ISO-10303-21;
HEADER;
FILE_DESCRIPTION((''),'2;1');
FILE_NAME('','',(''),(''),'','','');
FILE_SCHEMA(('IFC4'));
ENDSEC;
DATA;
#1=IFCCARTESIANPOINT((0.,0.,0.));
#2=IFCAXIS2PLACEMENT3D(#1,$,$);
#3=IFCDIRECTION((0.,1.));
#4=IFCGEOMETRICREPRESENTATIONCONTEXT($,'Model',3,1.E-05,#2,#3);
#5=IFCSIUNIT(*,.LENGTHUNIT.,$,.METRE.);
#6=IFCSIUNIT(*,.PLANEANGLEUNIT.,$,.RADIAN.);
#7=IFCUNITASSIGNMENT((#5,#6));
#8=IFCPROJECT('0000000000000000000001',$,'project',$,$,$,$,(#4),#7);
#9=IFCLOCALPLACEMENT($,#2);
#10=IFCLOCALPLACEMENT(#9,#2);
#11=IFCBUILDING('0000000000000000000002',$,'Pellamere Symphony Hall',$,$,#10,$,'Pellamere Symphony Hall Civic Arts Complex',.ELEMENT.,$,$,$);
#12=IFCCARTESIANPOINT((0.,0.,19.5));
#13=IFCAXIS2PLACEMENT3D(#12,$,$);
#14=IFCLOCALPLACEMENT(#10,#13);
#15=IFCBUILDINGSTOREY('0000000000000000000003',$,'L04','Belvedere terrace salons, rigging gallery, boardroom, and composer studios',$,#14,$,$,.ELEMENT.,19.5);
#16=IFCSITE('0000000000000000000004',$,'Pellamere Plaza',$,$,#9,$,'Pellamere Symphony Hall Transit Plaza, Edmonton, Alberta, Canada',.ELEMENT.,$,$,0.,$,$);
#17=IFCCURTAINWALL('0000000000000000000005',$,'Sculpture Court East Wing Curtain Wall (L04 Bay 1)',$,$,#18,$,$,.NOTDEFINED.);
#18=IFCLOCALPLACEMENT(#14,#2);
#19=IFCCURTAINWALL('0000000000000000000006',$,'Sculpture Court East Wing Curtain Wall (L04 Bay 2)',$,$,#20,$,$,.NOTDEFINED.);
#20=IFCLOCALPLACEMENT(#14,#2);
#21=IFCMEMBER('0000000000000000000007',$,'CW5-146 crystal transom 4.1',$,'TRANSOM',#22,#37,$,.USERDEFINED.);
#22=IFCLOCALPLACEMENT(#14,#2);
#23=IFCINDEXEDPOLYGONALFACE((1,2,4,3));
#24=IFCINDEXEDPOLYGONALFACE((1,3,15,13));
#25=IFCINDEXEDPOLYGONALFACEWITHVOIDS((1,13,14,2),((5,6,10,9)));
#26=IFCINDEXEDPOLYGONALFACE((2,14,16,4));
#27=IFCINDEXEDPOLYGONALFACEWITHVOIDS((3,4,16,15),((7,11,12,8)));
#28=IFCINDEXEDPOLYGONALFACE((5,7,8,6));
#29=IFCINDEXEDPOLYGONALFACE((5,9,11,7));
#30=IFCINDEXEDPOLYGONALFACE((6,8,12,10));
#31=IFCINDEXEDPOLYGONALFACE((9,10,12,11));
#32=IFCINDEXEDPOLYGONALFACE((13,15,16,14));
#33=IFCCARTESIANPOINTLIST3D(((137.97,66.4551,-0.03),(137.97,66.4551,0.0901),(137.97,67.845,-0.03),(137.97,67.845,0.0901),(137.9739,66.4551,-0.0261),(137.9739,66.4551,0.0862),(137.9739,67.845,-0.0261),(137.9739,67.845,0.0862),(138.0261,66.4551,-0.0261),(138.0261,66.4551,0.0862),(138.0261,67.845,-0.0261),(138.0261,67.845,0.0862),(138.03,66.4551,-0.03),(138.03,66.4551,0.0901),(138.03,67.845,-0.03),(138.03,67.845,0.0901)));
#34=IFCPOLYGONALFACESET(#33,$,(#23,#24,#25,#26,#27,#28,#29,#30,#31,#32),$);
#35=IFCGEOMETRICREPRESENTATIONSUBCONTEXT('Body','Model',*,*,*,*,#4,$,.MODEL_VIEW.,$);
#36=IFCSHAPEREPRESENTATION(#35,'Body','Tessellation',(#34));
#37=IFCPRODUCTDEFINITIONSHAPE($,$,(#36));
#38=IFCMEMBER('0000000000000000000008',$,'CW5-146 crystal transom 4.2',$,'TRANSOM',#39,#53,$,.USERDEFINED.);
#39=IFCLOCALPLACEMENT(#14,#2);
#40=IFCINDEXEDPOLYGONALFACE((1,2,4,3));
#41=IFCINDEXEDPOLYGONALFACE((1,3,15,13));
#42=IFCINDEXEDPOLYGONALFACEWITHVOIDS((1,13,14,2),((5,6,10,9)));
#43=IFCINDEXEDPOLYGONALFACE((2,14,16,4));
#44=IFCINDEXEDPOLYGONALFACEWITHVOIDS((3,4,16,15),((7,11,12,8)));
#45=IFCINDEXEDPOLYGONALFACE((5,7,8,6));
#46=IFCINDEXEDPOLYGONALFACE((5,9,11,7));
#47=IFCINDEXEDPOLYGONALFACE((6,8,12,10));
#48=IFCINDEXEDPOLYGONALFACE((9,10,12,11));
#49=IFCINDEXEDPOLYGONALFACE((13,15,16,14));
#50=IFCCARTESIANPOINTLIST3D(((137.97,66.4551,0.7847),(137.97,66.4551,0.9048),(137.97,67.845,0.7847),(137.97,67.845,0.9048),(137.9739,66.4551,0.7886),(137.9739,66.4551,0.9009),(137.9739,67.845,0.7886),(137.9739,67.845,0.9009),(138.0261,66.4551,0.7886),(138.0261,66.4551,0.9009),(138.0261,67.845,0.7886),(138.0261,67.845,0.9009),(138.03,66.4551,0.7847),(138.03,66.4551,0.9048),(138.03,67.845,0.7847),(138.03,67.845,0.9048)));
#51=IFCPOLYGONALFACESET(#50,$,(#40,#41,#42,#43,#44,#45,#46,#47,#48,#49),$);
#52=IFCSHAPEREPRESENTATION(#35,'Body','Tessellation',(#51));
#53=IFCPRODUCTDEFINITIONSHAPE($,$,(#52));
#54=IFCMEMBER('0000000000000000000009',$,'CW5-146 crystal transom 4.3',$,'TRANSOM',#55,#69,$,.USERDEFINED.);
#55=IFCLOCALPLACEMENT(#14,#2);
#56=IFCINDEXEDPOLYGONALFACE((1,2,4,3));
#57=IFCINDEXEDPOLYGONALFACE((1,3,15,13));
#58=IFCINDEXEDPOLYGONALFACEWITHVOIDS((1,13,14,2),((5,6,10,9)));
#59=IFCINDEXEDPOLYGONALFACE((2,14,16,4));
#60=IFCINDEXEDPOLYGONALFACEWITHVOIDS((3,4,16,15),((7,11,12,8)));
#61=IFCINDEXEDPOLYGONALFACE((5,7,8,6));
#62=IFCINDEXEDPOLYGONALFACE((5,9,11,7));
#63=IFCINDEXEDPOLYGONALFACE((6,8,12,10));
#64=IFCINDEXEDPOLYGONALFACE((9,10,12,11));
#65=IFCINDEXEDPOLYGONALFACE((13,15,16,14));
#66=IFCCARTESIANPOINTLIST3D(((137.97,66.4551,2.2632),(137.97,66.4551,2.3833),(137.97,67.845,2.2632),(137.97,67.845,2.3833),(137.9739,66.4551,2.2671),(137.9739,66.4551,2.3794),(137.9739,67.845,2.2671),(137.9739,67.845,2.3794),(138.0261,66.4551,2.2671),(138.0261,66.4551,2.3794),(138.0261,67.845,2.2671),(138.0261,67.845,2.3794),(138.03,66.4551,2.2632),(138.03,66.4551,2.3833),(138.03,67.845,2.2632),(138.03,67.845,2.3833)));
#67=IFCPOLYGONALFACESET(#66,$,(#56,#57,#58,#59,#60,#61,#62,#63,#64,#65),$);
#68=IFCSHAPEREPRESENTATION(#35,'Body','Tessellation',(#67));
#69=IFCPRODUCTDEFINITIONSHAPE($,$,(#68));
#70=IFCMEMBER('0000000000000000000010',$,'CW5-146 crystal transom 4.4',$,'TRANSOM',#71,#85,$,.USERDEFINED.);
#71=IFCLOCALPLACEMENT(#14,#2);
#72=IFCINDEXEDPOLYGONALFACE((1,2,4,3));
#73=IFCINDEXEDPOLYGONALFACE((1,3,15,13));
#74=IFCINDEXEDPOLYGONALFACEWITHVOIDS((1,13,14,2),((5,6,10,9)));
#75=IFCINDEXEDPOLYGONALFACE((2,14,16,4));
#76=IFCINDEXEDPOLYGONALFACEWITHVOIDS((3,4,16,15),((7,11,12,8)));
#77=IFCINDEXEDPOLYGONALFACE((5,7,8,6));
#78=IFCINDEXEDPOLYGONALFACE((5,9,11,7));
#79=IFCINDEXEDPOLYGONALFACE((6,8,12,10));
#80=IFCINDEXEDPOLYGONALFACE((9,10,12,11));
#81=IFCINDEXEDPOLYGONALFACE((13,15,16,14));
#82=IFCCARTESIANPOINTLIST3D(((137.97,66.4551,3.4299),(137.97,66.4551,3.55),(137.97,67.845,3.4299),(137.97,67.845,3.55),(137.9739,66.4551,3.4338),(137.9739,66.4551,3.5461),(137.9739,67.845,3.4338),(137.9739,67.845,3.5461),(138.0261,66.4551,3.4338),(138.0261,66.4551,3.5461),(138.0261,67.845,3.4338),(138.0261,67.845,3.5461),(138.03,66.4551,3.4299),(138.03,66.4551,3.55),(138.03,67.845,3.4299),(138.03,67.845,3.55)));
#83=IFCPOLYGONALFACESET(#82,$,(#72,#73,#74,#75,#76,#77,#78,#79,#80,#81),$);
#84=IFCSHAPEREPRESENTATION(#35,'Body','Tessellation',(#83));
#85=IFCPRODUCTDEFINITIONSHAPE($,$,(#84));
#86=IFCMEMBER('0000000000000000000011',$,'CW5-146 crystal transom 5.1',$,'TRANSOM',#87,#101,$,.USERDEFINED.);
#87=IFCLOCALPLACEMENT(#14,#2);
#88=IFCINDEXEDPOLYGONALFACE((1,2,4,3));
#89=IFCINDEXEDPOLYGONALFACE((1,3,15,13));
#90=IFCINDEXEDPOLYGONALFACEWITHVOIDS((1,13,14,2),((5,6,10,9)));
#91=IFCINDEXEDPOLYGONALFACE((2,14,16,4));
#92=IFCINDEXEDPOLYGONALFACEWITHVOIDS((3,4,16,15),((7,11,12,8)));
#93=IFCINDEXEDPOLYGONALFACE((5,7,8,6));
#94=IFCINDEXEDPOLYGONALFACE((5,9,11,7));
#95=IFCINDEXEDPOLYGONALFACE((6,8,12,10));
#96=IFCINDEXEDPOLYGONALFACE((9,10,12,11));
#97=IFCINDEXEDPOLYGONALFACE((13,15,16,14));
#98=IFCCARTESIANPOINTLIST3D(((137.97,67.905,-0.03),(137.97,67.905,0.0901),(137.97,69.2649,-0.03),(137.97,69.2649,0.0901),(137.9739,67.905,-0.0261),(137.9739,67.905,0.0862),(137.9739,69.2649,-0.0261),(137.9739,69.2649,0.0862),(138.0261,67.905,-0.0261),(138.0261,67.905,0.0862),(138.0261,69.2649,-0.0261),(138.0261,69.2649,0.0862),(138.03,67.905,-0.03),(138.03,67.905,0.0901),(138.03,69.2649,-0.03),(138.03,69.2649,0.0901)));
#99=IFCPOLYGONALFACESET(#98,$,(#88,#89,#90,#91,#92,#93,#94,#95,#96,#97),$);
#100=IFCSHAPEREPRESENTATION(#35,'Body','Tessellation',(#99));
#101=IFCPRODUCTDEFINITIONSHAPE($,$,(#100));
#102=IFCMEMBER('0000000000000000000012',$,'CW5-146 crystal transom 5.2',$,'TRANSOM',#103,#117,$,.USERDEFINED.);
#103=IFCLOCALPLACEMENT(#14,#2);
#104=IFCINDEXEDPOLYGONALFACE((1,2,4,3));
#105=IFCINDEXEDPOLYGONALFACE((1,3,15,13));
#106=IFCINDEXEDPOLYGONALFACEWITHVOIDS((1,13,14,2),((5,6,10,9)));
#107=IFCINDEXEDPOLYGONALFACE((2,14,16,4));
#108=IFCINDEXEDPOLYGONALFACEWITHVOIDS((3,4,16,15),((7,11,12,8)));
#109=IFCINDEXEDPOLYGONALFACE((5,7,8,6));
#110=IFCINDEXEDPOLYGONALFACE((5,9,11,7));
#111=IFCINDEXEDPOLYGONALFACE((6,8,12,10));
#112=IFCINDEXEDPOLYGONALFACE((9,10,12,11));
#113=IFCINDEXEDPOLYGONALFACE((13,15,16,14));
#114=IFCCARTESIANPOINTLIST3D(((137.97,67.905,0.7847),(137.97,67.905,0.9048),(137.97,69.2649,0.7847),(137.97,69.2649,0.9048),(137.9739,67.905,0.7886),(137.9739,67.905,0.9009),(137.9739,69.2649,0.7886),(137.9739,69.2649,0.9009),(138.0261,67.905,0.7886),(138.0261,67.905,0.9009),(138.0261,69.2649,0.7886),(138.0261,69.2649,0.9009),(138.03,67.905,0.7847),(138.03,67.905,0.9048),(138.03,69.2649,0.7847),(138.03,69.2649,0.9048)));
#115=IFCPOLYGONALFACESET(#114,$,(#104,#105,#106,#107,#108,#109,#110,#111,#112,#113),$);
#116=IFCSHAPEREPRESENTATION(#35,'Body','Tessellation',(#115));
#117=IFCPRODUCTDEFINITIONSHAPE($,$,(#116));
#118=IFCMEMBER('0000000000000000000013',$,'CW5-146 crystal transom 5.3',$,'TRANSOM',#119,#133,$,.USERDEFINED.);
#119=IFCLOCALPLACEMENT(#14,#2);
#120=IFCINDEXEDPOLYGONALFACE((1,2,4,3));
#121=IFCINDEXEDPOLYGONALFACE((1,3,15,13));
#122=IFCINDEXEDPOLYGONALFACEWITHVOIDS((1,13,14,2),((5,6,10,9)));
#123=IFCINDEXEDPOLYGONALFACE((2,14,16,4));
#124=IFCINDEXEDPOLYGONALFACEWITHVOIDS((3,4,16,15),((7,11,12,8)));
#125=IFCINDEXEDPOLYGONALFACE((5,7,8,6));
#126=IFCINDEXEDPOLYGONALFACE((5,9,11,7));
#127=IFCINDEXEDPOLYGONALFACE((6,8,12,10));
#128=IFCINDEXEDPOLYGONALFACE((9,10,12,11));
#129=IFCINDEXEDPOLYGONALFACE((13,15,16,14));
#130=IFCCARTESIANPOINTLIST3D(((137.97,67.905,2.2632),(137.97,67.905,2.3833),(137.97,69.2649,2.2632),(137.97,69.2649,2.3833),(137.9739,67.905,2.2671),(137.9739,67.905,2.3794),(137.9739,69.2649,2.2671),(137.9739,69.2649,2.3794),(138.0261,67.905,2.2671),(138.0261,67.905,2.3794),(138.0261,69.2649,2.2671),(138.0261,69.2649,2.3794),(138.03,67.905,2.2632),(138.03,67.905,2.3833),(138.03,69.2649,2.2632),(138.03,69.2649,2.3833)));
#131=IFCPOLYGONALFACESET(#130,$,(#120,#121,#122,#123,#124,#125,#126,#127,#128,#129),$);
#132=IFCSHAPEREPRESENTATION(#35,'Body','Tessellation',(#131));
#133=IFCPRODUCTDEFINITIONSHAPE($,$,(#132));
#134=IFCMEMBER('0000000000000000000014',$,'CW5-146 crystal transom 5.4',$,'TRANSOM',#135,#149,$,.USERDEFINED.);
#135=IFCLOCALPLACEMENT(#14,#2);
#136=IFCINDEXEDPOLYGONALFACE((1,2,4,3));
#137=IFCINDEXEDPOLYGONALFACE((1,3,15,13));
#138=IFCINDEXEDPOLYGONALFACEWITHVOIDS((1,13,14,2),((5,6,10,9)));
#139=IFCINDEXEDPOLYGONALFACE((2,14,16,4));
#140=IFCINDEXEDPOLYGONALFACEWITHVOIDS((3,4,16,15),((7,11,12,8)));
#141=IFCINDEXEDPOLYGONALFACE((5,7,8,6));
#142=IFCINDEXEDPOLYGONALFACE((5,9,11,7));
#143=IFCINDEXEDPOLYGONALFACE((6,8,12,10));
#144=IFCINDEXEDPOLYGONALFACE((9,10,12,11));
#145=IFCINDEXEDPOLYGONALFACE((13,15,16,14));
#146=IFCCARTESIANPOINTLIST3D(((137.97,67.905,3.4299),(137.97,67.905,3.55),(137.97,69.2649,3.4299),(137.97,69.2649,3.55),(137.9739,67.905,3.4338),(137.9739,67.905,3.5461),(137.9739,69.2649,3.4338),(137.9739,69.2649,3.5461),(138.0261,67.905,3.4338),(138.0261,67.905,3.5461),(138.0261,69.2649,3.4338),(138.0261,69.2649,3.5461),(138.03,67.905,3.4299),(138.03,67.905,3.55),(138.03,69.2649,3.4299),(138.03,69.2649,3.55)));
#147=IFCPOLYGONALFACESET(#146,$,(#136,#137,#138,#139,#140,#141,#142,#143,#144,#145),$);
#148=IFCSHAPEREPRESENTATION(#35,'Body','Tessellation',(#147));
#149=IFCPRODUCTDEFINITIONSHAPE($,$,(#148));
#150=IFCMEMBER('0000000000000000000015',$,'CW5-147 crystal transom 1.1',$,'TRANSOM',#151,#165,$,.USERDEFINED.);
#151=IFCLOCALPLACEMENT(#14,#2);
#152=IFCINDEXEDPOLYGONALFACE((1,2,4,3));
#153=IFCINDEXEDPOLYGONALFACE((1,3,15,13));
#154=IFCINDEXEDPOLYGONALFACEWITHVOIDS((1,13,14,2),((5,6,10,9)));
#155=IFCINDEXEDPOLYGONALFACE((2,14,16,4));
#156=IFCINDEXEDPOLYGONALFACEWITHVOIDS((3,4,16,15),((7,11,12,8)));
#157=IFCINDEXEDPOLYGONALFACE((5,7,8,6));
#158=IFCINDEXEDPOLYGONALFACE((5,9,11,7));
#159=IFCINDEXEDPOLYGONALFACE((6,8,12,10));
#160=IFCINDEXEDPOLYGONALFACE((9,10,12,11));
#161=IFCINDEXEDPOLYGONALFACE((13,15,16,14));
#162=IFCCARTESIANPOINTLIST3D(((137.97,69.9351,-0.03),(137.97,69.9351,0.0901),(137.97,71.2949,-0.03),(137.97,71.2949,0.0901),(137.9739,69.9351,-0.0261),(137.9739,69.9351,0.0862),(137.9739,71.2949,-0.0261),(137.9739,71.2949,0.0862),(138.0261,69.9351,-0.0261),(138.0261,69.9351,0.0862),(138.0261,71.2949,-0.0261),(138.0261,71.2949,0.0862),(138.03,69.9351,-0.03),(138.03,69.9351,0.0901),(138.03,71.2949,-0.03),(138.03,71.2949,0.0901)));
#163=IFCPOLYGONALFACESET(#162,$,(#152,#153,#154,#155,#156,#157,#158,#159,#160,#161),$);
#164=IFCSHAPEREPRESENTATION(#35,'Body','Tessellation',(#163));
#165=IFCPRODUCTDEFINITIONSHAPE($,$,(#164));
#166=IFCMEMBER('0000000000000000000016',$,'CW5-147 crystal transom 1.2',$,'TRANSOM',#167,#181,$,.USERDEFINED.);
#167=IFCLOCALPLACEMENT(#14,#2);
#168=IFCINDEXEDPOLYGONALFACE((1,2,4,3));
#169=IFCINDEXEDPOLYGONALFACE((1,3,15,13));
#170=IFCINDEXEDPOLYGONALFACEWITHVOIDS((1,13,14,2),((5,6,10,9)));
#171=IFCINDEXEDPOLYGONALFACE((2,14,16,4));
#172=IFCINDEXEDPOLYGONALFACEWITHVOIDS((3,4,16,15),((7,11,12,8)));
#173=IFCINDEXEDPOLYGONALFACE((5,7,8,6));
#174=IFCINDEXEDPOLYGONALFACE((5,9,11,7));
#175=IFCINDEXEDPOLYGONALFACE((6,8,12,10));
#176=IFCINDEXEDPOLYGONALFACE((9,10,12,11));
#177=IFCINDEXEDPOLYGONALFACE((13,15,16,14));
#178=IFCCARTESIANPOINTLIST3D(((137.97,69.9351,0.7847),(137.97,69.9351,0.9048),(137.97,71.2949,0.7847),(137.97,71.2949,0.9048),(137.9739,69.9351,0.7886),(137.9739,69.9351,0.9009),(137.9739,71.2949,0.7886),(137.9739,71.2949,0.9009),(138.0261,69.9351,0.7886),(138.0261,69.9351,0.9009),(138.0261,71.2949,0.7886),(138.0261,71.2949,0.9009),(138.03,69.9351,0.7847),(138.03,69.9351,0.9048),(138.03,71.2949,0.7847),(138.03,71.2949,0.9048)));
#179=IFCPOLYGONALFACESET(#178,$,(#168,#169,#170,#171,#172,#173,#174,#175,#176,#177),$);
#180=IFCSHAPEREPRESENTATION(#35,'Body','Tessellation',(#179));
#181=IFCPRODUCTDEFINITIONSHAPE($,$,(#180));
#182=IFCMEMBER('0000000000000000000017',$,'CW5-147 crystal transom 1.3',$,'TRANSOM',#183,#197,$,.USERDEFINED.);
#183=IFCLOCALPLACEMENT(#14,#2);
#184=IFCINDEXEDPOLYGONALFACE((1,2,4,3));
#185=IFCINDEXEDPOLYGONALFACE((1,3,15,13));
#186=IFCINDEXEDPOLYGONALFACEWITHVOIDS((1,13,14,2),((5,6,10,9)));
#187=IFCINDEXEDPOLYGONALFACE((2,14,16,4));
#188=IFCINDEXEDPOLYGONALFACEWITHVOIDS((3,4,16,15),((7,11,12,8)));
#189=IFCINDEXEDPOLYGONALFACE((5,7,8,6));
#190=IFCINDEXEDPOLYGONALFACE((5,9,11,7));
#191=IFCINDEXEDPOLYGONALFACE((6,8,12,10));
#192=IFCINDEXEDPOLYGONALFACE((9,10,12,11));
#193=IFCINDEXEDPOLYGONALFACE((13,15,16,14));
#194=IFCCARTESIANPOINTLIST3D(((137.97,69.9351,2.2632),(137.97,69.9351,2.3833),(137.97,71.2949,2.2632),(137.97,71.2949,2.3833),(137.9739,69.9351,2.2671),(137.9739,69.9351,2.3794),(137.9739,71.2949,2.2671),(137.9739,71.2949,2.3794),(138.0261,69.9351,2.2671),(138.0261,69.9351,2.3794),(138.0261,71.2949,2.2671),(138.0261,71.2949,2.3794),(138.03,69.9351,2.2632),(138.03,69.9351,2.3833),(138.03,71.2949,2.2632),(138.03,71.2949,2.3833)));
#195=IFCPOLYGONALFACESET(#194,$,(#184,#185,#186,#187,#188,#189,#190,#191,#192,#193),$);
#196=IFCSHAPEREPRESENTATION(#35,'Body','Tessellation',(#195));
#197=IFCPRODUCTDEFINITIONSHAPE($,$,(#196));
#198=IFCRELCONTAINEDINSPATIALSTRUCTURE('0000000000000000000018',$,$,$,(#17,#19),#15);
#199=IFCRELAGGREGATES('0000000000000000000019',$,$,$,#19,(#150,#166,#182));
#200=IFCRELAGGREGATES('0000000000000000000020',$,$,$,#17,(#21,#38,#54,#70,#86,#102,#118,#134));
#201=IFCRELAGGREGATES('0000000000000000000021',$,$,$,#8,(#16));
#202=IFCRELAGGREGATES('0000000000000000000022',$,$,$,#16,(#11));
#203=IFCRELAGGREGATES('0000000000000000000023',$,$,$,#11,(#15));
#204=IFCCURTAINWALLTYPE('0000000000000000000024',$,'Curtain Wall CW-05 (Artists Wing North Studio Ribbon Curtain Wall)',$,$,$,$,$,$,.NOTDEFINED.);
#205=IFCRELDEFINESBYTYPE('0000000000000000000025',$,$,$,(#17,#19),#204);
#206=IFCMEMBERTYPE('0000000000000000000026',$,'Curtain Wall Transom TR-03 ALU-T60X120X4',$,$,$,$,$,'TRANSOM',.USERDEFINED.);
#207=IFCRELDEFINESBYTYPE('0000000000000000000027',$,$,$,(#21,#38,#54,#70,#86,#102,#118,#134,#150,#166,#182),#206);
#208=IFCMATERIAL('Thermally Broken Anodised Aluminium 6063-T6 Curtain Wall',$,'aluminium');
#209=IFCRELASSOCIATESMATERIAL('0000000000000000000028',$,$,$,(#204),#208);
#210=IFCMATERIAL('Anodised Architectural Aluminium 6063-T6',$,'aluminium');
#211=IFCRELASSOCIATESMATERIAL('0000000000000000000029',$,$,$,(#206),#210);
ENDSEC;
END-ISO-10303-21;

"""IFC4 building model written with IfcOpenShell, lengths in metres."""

from ifc_helpers import new_model, si_unit, direction, frame, origin, origin_2d, place, context, subcontext, project, spatial, hollow_rectangle, extrude, material, material_profile, profile_set, type_object, element, aggregate, save


model = new_model("IFC4")

# Units and contexts
model_context = context("Model", 3, precision=1e-05, world=origin(), true_north=direction((0.0, 1.0)))
body_context = subcontext(model_context, "Body", "Model", "MODEL_VIEW")
ifc_project = project(units=[si_unit("LENGTHUNIT", "METRE"), si_unit("PLANEANGLEUNIT", "RADIAN")], contexts=[model_context])

# Site, building, storey
site_placement = place(None, origin())
site = spatial("IfcSite", under=ifc_project, at=site_placement, Name="Pellamere Plaza", LongName="Pellamere Symphony Hall Transit Plaza, Edmonton, Alberta, Canada", CompositionType="ELEMENT", RefElevation=0.0)
building_placement = place(site_placement, origin())
building = spatial("IfcBuilding", under=site, at=building_placement, Name="Pellamere Symphony Hall", LongName="Pellamere Symphony Hall Civic Arts Complex", CompositionType="ELEMENT")
storey_placement = place(building_placement, frame((0.0, 0.0, 19.5)))
storey = spatial("IfcBuildingStorey", under=building, at=storey_placement, Name="L04", Description="Belvedere terrace salons, rigging gallery, boardroom, and composer studios", CompositionType="ELEMENT", Elevation=19.5)

# Curtain wall
ifc_material_1 = material(Name="Thermally Broken Anodised Aluminium 6063-T6 Curtain Wall", Category="aluminium")
curtain_wall_type_1 = type_object("IfcCurtainWallType", Name="Curtain Wall CW-05 (Artists Wing North Studio Ribbon Curtain Wall)", PredefinedType="NOTDEFINED", material=ifc_material_1)
curtain_wall_1_placement = place(storey_placement, origin())
curtain_wall_1 = element("IfcCurtainWall", 1, at=curtain_wall_1_placement, inside=storey, type_object=curtain_wall_type_1, Name="Sculpture Court East Wing Curtain Wall (L04 Bay 1)", PredefinedType="NOTDEFINED")
ifc_material_2 = material(Name="Anodised Architectural Aluminium 6063-T6", Category="aluminium")

# Curtain wall
curtain_wall_2_placement = place(storey_placement, origin())
curtain_wall_2 = element("IfcCurtainWall", 2, at=curtain_wall_2_placement, inside=storey, type_object=curtain_wall_type_1, Name="Sculpture Court East Wing Curtain Wall (L04 Bay 2)", PredefinedType="NOTDEFINED")

# Members
ifc_material_profile_1 = material_profile(ifc_material_2, hollow_rectangle(XDim=0.0601, YDim=0.1201, WallThickness=0.0039, at=origin_2d()), Name="ALU-T60X120X4")
ifc_profile_set_1 = profile_set([ifc_material_profile_1], Name="Anodised Architectural Aluminium 6063-T6")
member_type_1 = type_object("IfcMemberType", Name="Curtain Wall Transom TR-03 ALU-T60X120X4", ElementType="TRANSOM", PredefinedType="USERDEFINED", material=ifc_profile_set_1)
member_1_placement = place(storey_placement, frame((138.0, 66.4551, 0.03), z_axis=(0.0, 1.0, 0.0), x_axis=(-1.0, 0.0, 0.0)))
member_1 = element("IfcMember", 3, at=member_1_placement, type_object=member_type_1, Name="CW5-146 crystal transom 4.1", ObjectType="TRANSOM", PredefinedType="USERDEFINED", context=body_context, shape_type="SweptSolid", body=[
    extrude(hollow_rectangle(XDim=0.0601, YDim=0.1201, WallThickness=0.0039, at=origin_2d()), origin(), (0.0, 0.0, 1.0), 1.3899),
])
member_2_placement = place(storey_placement, frame((138.0, 66.4551, 0.8447), z_axis=(0.0, 1.0, 0.0), x_axis=(-1.0, 0.0, 0.0)))
member_2 = element("IfcMember", 4, at=member_2_placement, type_object=member_type_1, Name="CW5-146 crystal transom 4.2", ObjectType="TRANSOM", PredefinedType="USERDEFINED", context=body_context, shape_type="SweptSolid", body=[
    extrude(hollow_rectangle(XDim=0.0601, YDim=0.1201, WallThickness=0.0039, at=origin_2d()), origin(), (0.0, 0.0, 1.0), 1.3899),
])
member_3_placement = place(storey_placement, frame((138.0, 66.4551, 2.3232), z_axis=(0.0, 1.0, 0.0), x_axis=(-1.0, 0.0, 0.0)))
member_3 = element("IfcMember", 5, at=member_3_placement, type_object=member_type_1, Name="CW5-146 crystal transom 4.3", ObjectType="TRANSOM", PredefinedType="USERDEFINED", context=body_context, shape_type="SweptSolid", body=[
    extrude(hollow_rectangle(XDim=0.0601, YDim=0.1201, WallThickness=0.0039, at=origin_2d()), origin(), (0.0, 0.0, 1.0), 1.3899),
])
member_4_placement = place(storey_placement, frame((138.0, 66.4551, 3.49), z_axis=(0.0, 1.0, 0.0), x_axis=(-1.0, 0.0, 0.0)))
member_4 = element("IfcMember", 6, at=member_4_placement, type_object=member_type_1, Name="CW5-146 crystal transom 4.4", ObjectType="TRANSOM", PredefinedType="USERDEFINED", context=body_context, shape_type="SweptSolid", body=[
    extrude(hollow_rectangle(XDim=0.0601, YDim=0.1201, WallThickness=0.0039, at=origin_2d()), origin(), (0.0, 0.0, 1.0), 1.3899),
])
member_5_placement = place(storey_placement, frame((138.0, 67.905, 0.03), z_axis=(0.0, 1.0, 0.0), x_axis=(-1.0, 0.0, 0.0)))
member_5 = element("IfcMember", 7, at=member_5_placement, type_object=member_type_1, Name="CW5-146 crystal transom 5.1", ObjectType="TRANSOM", PredefinedType="USERDEFINED", context=body_context, shape_type="SweptSolid", body=[
    extrude(hollow_rectangle(XDim=0.0601, YDim=0.1201, WallThickness=0.0039, at=origin_2d()), origin(), (0.0, 0.0, 1.0), 1.3599),
])
member_6_placement = place(storey_placement, frame((138.0, 67.905, 0.8447), z_axis=(0.0, 1.0, 0.0), x_axis=(-1.0, 0.0, 0.0)))
member_6 = element("IfcMember", 8, at=member_6_placement, type_object=member_type_1, Name="CW5-146 crystal transom 5.2", ObjectType="TRANSOM", PredefinedType="USERDEFINED", context=body_context, shape_type="SweptSolid", body=[
    extrude(hollow_rectangle(XDim=0.0601, YDim=0.1201, WallThickness=0.0039, at=origin_2d()), origin(), (0.0, 0.0, 1.0), 1.3599),
])
member_7_placement = place(storey_placement, frame((138.0, 67.905, 2.3232), z_axis=(0.0, 1.0, 0.0), x_axis=(-1.0, 0.0, 0.0)))
member_7 = element("IfcMember", 9, at=member_7_placement, type_object=member_type_1, Name="CW5-146 crystal transom 5.3", ObjectType="TRANSOM", PredefinedType="USERDEFINED", context=body_context, shape_type="SweptSolid", body=[
    extrude(hollow_rectangle(XDim=0.0601, YDim=0.1201, WallThickness=0.0039, at=origin_2d()), origin(), (0.0, 0.0, 1.0), 1.3599),
])
member_8_placement = place(storey_placement, frame((138.0, 67.905, 3.49), z_axis=(0.0, 1.0, 0.0), x_axis=(-1.0, 0.0, 0.0)))
member_8 = element("IfcMember", 10, at=member_8_placement, type_object=member_type_1, Name="CW5-146 crystal transom 5.4", ObjectType="TRANSOM", PredefinedType="USERDEFINED", context=body_context, shape_type="SweptSolid", body=[
    extrude(hollow_rectangle(XDim=0.0601, YDim=0.1201, WallThickness=0.0039, at=origin_2d()), origin(), (0.0, 0.0, 1.0), 1.3599),
])
member_9_placement = place(storey_placement, frame((138.0, 69.9351, 0.03), z_axis=(0.0, 1.0, 0.0), x_axis=(-1.0, 0.0, 0.0)))
member_9 = element("IfcMember", 11, at=member_9_placement, type_object=member_type_1, Name="CW5-147 crystal transom 1.1", ObjectType="TRANSOM", PredefinedType="USERDEFINED", context=body_context, shape_type="SweptSolid", body=[
    extrude(hollow_rectangle(XDim=0.0601, YDim=0.1201, WallThickness=0.0039, at=origin_2d()), origin(), (0.0, 0.0, 1.0), 1.3599),
])
member_10_placement = place(storey_placement, frame((138.0, 69.9351, 0.8447), z_axis=(0.0, 1.0, 0.0), x_axis=(-1.0, 0.0, 0.0)))
member_10 = element("IfcMember", 12, at=member_10_placement, type_object=member_type_1, Name="CW5-147 crystal transom 1.2", ObjectType="TRANSOM", PredefinedType="USERDEFINED", context=body_context, shape_type="SweptSolid", body=[
    extrude(hollow_rectangle(XDim=0.0601, YDim=0.1201, WallThickness=0.0039, at=origin_2d()), origin(), (0.0, 0.0, 1.0), 1.3599),
])
member_11_placement = place(storey_placement, frame((138.0, 69.9351, 2.3232), z_axis=(0.0, 1.0, 0.0), x_axis=(-1.0, 0.0, 0.0)))
member_11 = element("IfcMember", 13, at=member_11_placement, type_object=member_type_1, Name="CW5-147 crystal transom 1.3", ObjectType="TRANSOM", PredefinedType="USERDEFINED", context=body_context, shape_type="SweptSolid", body=[
    extrude(hollow_rectangle(XDim=0.0601, YDim=0.1201, WallThickness=0.0039, at=origin_2d()), origin(), (0.0, 0.0, 1.0), 1.3599),
])
aggregate(curtain_wall_2, [member_9, member_10, member_11])

aggregate(curtain_wall_1, [member_1, member_2, member_3, member_4, member_5, member_6, member_7, member_8])

save(model, "model.ifc")
